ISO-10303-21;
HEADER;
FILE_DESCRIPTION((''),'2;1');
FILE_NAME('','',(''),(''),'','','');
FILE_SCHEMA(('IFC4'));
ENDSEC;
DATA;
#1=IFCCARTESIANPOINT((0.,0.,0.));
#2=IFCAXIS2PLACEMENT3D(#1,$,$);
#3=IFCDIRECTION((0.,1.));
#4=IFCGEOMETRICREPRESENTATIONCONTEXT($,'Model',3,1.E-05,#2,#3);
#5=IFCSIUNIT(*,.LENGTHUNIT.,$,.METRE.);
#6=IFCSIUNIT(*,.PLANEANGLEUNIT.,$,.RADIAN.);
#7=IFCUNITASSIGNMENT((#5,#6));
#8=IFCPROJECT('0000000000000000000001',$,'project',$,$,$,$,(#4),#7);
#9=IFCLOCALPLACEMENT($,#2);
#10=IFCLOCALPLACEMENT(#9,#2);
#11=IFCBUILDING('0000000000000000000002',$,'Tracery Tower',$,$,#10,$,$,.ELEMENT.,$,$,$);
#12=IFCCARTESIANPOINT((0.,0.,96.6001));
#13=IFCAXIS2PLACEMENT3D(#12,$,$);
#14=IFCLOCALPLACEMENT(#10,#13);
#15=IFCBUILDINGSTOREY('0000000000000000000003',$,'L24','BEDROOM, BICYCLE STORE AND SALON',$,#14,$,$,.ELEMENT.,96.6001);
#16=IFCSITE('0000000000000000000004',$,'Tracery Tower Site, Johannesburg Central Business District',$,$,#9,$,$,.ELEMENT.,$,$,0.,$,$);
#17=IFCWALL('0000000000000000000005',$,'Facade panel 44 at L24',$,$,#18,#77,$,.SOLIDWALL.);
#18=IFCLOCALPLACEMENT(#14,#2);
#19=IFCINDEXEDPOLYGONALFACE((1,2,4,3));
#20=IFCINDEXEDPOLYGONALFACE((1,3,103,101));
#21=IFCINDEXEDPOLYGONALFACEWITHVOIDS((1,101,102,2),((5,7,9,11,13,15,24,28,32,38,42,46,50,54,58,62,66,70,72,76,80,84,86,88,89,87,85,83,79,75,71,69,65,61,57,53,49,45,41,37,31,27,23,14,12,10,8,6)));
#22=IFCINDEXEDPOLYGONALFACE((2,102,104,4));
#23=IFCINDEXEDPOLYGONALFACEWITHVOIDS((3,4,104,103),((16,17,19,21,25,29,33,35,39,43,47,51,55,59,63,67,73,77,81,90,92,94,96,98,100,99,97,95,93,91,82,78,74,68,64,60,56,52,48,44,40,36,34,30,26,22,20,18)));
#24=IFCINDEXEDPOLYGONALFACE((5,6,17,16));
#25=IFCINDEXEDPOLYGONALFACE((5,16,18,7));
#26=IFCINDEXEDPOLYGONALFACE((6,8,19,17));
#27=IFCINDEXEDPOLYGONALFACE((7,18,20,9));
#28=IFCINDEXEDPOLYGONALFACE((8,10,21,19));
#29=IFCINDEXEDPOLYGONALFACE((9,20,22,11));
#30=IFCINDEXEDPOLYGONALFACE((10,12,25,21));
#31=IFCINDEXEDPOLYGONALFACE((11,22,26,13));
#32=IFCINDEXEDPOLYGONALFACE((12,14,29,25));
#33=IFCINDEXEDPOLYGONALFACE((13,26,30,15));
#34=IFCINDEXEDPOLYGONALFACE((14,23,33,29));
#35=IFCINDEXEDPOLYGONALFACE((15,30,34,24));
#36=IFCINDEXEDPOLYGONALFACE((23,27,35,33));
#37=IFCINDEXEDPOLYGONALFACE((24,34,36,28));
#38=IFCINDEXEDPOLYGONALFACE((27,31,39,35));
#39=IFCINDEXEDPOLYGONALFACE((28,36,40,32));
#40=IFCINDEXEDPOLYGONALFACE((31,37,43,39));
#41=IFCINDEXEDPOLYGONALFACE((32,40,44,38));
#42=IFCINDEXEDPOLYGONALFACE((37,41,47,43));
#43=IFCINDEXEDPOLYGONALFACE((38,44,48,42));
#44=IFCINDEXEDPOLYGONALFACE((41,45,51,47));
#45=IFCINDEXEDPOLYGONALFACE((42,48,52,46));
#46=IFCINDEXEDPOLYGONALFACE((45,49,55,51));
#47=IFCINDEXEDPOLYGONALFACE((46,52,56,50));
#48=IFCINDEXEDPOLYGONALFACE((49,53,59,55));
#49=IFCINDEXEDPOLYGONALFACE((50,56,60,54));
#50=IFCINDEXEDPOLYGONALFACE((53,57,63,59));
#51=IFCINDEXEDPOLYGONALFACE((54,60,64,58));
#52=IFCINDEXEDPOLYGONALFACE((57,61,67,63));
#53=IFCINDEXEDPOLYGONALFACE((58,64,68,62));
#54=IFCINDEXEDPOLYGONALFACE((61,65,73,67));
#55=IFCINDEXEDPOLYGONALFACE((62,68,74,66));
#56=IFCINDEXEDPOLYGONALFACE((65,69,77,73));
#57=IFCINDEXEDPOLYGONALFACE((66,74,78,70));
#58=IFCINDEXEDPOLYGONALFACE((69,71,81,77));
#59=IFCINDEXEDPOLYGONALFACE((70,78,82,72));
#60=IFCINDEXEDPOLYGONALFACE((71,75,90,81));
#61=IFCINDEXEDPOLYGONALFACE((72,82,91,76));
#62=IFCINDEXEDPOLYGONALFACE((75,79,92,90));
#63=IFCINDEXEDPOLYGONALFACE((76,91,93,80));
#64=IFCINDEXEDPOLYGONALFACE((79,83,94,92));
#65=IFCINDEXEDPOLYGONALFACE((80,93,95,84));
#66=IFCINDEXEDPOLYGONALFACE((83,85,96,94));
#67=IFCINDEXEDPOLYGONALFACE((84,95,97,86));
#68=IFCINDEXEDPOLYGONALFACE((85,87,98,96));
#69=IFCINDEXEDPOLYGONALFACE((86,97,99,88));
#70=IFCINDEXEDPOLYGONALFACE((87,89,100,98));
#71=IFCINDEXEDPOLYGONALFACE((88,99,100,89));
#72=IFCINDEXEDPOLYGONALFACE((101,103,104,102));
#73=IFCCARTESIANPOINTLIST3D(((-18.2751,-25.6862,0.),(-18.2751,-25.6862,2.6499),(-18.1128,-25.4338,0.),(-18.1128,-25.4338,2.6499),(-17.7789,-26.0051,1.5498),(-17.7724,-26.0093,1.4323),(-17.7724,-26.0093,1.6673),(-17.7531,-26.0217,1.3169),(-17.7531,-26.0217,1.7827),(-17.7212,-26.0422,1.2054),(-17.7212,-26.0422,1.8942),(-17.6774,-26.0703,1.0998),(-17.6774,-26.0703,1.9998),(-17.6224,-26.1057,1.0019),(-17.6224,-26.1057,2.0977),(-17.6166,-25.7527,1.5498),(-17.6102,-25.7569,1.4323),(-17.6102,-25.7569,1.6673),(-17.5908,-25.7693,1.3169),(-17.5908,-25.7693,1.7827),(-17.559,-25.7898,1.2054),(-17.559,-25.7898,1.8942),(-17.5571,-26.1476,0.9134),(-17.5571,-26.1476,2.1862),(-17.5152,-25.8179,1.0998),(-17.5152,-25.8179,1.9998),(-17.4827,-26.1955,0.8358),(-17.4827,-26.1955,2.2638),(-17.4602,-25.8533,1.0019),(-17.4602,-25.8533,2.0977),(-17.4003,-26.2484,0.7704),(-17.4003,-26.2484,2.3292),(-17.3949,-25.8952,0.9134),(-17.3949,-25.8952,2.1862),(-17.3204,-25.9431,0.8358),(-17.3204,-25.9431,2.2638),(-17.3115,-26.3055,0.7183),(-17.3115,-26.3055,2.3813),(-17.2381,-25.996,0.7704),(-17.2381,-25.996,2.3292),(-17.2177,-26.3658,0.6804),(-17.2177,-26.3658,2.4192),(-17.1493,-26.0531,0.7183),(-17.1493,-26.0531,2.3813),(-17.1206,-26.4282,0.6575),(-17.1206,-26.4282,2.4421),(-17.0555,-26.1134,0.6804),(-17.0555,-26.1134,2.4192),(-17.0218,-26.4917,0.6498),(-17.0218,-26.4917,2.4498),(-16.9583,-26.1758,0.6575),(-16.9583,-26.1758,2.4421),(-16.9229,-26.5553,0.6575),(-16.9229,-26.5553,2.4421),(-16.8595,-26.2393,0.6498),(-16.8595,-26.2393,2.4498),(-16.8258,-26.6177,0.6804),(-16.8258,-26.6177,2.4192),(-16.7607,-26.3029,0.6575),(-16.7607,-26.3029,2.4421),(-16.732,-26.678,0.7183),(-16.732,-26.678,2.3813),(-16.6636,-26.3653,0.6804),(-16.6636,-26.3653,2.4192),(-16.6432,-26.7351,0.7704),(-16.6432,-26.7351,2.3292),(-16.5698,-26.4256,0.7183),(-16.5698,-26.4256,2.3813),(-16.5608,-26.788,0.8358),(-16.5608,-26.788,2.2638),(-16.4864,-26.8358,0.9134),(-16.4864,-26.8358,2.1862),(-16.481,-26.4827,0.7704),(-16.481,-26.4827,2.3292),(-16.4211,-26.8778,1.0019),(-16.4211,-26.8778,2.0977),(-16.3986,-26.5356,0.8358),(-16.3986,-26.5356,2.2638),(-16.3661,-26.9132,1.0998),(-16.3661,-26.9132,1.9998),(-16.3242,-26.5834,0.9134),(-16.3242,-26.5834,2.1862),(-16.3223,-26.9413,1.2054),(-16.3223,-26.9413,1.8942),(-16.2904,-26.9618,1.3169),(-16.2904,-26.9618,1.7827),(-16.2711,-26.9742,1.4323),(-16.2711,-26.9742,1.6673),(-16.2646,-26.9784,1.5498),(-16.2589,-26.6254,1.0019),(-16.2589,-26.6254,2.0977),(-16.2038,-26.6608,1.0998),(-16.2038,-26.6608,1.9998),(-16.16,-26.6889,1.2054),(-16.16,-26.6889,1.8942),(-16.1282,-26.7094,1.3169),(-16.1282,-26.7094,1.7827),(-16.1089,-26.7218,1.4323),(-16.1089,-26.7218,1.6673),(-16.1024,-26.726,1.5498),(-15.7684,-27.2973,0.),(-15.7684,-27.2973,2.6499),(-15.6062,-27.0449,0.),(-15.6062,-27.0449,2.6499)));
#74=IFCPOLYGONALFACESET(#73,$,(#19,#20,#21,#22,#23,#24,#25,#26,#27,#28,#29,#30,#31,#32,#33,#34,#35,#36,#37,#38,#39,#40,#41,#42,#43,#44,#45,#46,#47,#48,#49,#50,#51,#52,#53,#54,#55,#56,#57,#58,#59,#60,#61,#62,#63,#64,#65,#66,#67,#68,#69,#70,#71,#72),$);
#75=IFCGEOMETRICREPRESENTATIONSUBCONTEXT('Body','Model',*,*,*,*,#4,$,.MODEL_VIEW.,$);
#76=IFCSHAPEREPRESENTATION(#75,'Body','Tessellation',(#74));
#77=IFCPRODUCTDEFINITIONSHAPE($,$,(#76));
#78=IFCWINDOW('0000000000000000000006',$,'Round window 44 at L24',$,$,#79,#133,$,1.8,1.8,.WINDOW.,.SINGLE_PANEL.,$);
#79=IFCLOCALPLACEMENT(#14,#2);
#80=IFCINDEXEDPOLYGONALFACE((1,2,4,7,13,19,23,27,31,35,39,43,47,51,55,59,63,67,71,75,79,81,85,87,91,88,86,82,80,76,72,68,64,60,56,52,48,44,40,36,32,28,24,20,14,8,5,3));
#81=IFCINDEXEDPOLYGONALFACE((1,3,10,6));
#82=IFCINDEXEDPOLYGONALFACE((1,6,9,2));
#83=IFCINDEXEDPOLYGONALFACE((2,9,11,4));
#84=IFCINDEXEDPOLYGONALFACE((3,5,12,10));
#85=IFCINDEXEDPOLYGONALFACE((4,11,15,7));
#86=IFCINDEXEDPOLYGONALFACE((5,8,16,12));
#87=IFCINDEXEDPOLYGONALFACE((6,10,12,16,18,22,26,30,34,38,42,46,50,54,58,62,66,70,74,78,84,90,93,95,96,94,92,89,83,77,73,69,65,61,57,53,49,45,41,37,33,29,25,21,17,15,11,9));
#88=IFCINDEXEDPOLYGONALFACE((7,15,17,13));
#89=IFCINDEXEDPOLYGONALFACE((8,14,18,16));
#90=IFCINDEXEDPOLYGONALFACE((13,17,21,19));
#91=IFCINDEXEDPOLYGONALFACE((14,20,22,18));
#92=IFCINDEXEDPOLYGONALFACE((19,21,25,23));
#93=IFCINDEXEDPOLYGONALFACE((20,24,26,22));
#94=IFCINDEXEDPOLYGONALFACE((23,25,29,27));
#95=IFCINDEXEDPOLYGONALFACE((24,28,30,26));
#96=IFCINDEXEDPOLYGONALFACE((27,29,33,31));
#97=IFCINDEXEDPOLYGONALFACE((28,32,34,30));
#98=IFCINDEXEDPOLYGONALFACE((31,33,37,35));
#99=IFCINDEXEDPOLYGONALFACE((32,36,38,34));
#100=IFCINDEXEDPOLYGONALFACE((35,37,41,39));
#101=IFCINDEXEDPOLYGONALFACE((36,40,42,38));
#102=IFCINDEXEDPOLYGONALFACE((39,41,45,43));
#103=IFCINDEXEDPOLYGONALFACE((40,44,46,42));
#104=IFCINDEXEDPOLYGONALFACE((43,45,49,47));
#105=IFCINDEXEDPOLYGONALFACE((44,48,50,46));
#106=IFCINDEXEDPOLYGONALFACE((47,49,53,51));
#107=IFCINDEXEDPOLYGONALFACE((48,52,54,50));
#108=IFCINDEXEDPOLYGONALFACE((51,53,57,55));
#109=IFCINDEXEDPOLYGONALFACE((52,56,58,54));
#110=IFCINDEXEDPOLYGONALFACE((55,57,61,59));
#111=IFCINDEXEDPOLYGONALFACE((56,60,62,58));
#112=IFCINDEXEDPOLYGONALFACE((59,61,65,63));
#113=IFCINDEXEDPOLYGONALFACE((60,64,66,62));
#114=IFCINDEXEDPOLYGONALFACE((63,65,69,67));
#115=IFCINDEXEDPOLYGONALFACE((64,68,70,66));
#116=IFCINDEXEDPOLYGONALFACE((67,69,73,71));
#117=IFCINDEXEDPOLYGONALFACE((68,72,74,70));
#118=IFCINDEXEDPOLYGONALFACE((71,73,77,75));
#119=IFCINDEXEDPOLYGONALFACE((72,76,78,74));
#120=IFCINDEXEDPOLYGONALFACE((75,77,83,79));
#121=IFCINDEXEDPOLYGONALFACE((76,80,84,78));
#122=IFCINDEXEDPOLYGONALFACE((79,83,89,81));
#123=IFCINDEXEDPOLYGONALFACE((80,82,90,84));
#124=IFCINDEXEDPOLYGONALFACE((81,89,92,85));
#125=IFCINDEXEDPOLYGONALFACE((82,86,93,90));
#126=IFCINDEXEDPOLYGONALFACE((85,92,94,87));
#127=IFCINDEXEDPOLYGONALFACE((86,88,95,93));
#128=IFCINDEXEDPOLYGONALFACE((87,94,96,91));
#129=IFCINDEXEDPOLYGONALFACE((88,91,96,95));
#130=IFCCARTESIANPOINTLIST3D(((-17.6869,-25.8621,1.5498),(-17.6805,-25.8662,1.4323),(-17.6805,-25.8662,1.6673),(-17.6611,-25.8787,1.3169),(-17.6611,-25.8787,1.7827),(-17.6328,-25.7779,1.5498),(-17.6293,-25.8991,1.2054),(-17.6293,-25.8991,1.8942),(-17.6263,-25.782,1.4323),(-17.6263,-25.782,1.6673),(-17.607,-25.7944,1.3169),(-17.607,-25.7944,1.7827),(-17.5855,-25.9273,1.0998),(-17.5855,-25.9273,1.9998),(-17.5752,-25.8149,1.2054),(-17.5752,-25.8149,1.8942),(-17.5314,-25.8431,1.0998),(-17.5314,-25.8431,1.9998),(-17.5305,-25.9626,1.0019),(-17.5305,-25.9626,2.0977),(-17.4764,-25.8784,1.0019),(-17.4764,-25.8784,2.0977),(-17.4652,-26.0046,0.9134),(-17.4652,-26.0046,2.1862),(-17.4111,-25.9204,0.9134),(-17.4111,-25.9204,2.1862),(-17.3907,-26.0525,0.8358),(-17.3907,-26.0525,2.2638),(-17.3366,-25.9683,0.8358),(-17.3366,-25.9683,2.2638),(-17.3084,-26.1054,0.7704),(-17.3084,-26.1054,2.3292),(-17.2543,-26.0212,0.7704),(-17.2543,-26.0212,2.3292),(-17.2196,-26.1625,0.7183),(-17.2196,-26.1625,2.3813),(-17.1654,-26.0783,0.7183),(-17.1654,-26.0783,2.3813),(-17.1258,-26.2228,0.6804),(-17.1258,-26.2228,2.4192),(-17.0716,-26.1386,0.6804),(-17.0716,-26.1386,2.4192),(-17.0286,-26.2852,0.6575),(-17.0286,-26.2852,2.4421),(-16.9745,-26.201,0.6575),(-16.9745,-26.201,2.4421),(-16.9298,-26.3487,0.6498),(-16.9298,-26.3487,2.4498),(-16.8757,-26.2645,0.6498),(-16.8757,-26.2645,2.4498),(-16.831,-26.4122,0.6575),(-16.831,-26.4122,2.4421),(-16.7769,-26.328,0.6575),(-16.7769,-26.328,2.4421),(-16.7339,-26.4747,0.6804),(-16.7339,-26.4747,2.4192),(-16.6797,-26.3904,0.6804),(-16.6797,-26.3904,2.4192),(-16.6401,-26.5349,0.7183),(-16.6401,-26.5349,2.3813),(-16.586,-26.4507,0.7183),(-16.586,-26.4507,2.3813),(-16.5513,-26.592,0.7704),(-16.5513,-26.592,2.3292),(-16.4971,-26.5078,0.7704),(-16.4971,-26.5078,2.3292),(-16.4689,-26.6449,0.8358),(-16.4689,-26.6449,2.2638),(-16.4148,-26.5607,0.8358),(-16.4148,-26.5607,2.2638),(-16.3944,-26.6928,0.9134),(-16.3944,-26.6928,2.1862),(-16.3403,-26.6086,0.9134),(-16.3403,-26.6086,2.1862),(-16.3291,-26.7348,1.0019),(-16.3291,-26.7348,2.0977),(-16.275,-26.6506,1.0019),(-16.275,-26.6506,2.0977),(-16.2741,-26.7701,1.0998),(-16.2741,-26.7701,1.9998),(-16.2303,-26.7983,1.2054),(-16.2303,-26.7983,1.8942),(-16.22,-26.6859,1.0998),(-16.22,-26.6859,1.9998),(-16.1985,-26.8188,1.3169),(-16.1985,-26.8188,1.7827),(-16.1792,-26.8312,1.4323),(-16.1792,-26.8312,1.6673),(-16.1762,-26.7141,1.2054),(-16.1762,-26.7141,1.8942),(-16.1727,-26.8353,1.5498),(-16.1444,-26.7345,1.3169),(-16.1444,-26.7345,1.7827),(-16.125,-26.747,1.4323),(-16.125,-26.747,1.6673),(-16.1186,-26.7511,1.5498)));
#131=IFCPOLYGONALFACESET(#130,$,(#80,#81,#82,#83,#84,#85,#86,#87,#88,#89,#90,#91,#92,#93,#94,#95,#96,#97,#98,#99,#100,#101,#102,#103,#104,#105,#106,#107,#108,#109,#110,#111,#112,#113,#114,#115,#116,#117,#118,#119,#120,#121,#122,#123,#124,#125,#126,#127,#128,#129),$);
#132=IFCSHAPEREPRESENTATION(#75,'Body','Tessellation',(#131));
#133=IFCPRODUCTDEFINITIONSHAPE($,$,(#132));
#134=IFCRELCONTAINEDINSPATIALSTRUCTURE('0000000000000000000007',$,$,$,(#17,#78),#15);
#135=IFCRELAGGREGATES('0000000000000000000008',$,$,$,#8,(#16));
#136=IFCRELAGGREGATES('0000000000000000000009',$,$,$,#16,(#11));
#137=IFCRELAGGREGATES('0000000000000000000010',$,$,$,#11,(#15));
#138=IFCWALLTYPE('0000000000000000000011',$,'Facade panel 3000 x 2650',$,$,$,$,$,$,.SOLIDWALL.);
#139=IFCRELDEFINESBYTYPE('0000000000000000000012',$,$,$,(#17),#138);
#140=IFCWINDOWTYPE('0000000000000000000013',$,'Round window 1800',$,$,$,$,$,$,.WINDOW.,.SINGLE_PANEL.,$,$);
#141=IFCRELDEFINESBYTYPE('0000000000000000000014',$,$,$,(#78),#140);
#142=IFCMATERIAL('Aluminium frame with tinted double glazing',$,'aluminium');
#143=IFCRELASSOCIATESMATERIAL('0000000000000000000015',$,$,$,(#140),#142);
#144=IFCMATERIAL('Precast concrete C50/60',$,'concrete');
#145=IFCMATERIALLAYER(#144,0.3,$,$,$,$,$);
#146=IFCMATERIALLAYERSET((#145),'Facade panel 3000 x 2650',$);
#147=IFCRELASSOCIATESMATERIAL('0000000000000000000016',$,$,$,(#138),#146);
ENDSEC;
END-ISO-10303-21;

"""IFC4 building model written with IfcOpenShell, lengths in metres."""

from ifc_helpers import new_model, si_unit, direction, frame, frame_2d, origin, origin_2d, place, context, subcontext, project, spatial, rectangle, circle, extrude, material, layer, layer_set, type_object, element, fill, save


model = new_model("IFC4")

# Units and contexts
model_context = context("Model", 3, precision=1e-05, world=origin(), true_north=direction((0.0, 1.0)))
body_context = subcontext(model_context, "Body", "Model", "MODEL_VIEW")
ifc_project = project(units=[si_unit("LENGTHUNIT", "METRE"), si_unit("PLANEANGLEUNIT", "RADIAN")], contexts=[model_context])

# Site, building, storey
site_placement = place(None, origin())
site = spatial("IfcSite", under=ifc_project, at=site_placement, Name="Tracery Tower Site, Johannesburg Central Business District", CompositionType="ELEMENT", RefElevation=0.0)
building_placement = place(site_placement, origin())
building = spatial("IfcBuilding", under=site, at=building_placement, Name="Tracery Tower", CompositionType="ELEMENT")
storey_placement = place(building_placement, frame((0.0, 0.0, 96.6001)))
storey = spatial("IfcBuildingStorey", under=building, at=storey_placement, Name="L24", Description="BEDROOM, BICYCLE STORE AND SALON", CompositionType="ELEMENT", Elevation=96.6001)

# Wall, opening, window
ifc_material_1 = material(Name="Aluminium frame with tinted double glazing", Category="aluminium")
window_type = type_object("IfcWindowType", Name="Round window 1800", PartitioningType="SINGLE_PANEL", PredefinedType="WINDOW", material=ifc_material_1)
ifc_material_2 = material(Name="Precast concrete C50/60", Category="concrete")
ifc_layer_1 = layer(ifc_material_2, 0.3)
ifc_layer_set_1 = layer_set([ifc_layer_1], Name="Facade panel 3000 x 2650")
wall_type_1 = type_object("IfcWallType", Name="Facade panel 3000 x 2650", PredefinedType="SOLIDWALL", material=ifc_layer_set_1)
wall_1_placement = place(storey_placement, frame((-18.1938, -25.5601, 0.0), z_axis=(0.0, 0.0, 1.0), x_axis=(0.841224, -0.540687, 0.0)))
wall_1 = element("IfcWall", 1, at=wall_1_placement, inside=storey, type_object=wall_type_1, Name="Facade panel 44 at L24", PredefinedType="SOLIDWALL", context=body_context, shape_type="SweptSolid", body=[
    extrude(rectangle(XDim=2.9797, YDim=0.3, at=frame_2d((1.4897, 0.0))), origin(), (0.0, 0.0, 1.0), 2.6499),
])
opening_1_placement = place(wall_1_placement, frame((1.4897, 0.0, 1.5498)))
opening_1 = element("IfcOpeningElement", 2, at=opening_1_placement, cuts=wall_1, PredefinedType="OPENING", context=body_context, shape_type="SweptSolid", body=[
    extrude(circle(Radius=0.9, at=origin_2d()), frame((0.0, 0.1599, 0.0), z_axis=(0.0, -1.0, 0.0), x_axis=(1.0, 0.0, 0.0)), (0.0, 0.0, 1.0), 0.3201),
])
window_1_placement = place(opening_1_placement, origin())
window_1 = element("IfcWindow", 3, at=window_1_placement, inside=storey, type_object=window_type, Name="Round window 44 at L24", OverallHeight=1.8, OverallWidth=1.8, PartitioningType="SINGLE_PANEL", PredefinedType="WINDOW", context=body_context, shape_type="SweptSolid", body=[
    extrude(circle(Radius=0.9, at=origin_2d()), frame((0.0, 0.1201, 0.0), z_axis=(0.0, -1.0, 0.0), x_axis=(1.0, 0.0, 0.0)), (0.0, 0.0, 1.0), 0.1001),
])
fill(opening_1, window_1)

save(model, "model.ifc")
